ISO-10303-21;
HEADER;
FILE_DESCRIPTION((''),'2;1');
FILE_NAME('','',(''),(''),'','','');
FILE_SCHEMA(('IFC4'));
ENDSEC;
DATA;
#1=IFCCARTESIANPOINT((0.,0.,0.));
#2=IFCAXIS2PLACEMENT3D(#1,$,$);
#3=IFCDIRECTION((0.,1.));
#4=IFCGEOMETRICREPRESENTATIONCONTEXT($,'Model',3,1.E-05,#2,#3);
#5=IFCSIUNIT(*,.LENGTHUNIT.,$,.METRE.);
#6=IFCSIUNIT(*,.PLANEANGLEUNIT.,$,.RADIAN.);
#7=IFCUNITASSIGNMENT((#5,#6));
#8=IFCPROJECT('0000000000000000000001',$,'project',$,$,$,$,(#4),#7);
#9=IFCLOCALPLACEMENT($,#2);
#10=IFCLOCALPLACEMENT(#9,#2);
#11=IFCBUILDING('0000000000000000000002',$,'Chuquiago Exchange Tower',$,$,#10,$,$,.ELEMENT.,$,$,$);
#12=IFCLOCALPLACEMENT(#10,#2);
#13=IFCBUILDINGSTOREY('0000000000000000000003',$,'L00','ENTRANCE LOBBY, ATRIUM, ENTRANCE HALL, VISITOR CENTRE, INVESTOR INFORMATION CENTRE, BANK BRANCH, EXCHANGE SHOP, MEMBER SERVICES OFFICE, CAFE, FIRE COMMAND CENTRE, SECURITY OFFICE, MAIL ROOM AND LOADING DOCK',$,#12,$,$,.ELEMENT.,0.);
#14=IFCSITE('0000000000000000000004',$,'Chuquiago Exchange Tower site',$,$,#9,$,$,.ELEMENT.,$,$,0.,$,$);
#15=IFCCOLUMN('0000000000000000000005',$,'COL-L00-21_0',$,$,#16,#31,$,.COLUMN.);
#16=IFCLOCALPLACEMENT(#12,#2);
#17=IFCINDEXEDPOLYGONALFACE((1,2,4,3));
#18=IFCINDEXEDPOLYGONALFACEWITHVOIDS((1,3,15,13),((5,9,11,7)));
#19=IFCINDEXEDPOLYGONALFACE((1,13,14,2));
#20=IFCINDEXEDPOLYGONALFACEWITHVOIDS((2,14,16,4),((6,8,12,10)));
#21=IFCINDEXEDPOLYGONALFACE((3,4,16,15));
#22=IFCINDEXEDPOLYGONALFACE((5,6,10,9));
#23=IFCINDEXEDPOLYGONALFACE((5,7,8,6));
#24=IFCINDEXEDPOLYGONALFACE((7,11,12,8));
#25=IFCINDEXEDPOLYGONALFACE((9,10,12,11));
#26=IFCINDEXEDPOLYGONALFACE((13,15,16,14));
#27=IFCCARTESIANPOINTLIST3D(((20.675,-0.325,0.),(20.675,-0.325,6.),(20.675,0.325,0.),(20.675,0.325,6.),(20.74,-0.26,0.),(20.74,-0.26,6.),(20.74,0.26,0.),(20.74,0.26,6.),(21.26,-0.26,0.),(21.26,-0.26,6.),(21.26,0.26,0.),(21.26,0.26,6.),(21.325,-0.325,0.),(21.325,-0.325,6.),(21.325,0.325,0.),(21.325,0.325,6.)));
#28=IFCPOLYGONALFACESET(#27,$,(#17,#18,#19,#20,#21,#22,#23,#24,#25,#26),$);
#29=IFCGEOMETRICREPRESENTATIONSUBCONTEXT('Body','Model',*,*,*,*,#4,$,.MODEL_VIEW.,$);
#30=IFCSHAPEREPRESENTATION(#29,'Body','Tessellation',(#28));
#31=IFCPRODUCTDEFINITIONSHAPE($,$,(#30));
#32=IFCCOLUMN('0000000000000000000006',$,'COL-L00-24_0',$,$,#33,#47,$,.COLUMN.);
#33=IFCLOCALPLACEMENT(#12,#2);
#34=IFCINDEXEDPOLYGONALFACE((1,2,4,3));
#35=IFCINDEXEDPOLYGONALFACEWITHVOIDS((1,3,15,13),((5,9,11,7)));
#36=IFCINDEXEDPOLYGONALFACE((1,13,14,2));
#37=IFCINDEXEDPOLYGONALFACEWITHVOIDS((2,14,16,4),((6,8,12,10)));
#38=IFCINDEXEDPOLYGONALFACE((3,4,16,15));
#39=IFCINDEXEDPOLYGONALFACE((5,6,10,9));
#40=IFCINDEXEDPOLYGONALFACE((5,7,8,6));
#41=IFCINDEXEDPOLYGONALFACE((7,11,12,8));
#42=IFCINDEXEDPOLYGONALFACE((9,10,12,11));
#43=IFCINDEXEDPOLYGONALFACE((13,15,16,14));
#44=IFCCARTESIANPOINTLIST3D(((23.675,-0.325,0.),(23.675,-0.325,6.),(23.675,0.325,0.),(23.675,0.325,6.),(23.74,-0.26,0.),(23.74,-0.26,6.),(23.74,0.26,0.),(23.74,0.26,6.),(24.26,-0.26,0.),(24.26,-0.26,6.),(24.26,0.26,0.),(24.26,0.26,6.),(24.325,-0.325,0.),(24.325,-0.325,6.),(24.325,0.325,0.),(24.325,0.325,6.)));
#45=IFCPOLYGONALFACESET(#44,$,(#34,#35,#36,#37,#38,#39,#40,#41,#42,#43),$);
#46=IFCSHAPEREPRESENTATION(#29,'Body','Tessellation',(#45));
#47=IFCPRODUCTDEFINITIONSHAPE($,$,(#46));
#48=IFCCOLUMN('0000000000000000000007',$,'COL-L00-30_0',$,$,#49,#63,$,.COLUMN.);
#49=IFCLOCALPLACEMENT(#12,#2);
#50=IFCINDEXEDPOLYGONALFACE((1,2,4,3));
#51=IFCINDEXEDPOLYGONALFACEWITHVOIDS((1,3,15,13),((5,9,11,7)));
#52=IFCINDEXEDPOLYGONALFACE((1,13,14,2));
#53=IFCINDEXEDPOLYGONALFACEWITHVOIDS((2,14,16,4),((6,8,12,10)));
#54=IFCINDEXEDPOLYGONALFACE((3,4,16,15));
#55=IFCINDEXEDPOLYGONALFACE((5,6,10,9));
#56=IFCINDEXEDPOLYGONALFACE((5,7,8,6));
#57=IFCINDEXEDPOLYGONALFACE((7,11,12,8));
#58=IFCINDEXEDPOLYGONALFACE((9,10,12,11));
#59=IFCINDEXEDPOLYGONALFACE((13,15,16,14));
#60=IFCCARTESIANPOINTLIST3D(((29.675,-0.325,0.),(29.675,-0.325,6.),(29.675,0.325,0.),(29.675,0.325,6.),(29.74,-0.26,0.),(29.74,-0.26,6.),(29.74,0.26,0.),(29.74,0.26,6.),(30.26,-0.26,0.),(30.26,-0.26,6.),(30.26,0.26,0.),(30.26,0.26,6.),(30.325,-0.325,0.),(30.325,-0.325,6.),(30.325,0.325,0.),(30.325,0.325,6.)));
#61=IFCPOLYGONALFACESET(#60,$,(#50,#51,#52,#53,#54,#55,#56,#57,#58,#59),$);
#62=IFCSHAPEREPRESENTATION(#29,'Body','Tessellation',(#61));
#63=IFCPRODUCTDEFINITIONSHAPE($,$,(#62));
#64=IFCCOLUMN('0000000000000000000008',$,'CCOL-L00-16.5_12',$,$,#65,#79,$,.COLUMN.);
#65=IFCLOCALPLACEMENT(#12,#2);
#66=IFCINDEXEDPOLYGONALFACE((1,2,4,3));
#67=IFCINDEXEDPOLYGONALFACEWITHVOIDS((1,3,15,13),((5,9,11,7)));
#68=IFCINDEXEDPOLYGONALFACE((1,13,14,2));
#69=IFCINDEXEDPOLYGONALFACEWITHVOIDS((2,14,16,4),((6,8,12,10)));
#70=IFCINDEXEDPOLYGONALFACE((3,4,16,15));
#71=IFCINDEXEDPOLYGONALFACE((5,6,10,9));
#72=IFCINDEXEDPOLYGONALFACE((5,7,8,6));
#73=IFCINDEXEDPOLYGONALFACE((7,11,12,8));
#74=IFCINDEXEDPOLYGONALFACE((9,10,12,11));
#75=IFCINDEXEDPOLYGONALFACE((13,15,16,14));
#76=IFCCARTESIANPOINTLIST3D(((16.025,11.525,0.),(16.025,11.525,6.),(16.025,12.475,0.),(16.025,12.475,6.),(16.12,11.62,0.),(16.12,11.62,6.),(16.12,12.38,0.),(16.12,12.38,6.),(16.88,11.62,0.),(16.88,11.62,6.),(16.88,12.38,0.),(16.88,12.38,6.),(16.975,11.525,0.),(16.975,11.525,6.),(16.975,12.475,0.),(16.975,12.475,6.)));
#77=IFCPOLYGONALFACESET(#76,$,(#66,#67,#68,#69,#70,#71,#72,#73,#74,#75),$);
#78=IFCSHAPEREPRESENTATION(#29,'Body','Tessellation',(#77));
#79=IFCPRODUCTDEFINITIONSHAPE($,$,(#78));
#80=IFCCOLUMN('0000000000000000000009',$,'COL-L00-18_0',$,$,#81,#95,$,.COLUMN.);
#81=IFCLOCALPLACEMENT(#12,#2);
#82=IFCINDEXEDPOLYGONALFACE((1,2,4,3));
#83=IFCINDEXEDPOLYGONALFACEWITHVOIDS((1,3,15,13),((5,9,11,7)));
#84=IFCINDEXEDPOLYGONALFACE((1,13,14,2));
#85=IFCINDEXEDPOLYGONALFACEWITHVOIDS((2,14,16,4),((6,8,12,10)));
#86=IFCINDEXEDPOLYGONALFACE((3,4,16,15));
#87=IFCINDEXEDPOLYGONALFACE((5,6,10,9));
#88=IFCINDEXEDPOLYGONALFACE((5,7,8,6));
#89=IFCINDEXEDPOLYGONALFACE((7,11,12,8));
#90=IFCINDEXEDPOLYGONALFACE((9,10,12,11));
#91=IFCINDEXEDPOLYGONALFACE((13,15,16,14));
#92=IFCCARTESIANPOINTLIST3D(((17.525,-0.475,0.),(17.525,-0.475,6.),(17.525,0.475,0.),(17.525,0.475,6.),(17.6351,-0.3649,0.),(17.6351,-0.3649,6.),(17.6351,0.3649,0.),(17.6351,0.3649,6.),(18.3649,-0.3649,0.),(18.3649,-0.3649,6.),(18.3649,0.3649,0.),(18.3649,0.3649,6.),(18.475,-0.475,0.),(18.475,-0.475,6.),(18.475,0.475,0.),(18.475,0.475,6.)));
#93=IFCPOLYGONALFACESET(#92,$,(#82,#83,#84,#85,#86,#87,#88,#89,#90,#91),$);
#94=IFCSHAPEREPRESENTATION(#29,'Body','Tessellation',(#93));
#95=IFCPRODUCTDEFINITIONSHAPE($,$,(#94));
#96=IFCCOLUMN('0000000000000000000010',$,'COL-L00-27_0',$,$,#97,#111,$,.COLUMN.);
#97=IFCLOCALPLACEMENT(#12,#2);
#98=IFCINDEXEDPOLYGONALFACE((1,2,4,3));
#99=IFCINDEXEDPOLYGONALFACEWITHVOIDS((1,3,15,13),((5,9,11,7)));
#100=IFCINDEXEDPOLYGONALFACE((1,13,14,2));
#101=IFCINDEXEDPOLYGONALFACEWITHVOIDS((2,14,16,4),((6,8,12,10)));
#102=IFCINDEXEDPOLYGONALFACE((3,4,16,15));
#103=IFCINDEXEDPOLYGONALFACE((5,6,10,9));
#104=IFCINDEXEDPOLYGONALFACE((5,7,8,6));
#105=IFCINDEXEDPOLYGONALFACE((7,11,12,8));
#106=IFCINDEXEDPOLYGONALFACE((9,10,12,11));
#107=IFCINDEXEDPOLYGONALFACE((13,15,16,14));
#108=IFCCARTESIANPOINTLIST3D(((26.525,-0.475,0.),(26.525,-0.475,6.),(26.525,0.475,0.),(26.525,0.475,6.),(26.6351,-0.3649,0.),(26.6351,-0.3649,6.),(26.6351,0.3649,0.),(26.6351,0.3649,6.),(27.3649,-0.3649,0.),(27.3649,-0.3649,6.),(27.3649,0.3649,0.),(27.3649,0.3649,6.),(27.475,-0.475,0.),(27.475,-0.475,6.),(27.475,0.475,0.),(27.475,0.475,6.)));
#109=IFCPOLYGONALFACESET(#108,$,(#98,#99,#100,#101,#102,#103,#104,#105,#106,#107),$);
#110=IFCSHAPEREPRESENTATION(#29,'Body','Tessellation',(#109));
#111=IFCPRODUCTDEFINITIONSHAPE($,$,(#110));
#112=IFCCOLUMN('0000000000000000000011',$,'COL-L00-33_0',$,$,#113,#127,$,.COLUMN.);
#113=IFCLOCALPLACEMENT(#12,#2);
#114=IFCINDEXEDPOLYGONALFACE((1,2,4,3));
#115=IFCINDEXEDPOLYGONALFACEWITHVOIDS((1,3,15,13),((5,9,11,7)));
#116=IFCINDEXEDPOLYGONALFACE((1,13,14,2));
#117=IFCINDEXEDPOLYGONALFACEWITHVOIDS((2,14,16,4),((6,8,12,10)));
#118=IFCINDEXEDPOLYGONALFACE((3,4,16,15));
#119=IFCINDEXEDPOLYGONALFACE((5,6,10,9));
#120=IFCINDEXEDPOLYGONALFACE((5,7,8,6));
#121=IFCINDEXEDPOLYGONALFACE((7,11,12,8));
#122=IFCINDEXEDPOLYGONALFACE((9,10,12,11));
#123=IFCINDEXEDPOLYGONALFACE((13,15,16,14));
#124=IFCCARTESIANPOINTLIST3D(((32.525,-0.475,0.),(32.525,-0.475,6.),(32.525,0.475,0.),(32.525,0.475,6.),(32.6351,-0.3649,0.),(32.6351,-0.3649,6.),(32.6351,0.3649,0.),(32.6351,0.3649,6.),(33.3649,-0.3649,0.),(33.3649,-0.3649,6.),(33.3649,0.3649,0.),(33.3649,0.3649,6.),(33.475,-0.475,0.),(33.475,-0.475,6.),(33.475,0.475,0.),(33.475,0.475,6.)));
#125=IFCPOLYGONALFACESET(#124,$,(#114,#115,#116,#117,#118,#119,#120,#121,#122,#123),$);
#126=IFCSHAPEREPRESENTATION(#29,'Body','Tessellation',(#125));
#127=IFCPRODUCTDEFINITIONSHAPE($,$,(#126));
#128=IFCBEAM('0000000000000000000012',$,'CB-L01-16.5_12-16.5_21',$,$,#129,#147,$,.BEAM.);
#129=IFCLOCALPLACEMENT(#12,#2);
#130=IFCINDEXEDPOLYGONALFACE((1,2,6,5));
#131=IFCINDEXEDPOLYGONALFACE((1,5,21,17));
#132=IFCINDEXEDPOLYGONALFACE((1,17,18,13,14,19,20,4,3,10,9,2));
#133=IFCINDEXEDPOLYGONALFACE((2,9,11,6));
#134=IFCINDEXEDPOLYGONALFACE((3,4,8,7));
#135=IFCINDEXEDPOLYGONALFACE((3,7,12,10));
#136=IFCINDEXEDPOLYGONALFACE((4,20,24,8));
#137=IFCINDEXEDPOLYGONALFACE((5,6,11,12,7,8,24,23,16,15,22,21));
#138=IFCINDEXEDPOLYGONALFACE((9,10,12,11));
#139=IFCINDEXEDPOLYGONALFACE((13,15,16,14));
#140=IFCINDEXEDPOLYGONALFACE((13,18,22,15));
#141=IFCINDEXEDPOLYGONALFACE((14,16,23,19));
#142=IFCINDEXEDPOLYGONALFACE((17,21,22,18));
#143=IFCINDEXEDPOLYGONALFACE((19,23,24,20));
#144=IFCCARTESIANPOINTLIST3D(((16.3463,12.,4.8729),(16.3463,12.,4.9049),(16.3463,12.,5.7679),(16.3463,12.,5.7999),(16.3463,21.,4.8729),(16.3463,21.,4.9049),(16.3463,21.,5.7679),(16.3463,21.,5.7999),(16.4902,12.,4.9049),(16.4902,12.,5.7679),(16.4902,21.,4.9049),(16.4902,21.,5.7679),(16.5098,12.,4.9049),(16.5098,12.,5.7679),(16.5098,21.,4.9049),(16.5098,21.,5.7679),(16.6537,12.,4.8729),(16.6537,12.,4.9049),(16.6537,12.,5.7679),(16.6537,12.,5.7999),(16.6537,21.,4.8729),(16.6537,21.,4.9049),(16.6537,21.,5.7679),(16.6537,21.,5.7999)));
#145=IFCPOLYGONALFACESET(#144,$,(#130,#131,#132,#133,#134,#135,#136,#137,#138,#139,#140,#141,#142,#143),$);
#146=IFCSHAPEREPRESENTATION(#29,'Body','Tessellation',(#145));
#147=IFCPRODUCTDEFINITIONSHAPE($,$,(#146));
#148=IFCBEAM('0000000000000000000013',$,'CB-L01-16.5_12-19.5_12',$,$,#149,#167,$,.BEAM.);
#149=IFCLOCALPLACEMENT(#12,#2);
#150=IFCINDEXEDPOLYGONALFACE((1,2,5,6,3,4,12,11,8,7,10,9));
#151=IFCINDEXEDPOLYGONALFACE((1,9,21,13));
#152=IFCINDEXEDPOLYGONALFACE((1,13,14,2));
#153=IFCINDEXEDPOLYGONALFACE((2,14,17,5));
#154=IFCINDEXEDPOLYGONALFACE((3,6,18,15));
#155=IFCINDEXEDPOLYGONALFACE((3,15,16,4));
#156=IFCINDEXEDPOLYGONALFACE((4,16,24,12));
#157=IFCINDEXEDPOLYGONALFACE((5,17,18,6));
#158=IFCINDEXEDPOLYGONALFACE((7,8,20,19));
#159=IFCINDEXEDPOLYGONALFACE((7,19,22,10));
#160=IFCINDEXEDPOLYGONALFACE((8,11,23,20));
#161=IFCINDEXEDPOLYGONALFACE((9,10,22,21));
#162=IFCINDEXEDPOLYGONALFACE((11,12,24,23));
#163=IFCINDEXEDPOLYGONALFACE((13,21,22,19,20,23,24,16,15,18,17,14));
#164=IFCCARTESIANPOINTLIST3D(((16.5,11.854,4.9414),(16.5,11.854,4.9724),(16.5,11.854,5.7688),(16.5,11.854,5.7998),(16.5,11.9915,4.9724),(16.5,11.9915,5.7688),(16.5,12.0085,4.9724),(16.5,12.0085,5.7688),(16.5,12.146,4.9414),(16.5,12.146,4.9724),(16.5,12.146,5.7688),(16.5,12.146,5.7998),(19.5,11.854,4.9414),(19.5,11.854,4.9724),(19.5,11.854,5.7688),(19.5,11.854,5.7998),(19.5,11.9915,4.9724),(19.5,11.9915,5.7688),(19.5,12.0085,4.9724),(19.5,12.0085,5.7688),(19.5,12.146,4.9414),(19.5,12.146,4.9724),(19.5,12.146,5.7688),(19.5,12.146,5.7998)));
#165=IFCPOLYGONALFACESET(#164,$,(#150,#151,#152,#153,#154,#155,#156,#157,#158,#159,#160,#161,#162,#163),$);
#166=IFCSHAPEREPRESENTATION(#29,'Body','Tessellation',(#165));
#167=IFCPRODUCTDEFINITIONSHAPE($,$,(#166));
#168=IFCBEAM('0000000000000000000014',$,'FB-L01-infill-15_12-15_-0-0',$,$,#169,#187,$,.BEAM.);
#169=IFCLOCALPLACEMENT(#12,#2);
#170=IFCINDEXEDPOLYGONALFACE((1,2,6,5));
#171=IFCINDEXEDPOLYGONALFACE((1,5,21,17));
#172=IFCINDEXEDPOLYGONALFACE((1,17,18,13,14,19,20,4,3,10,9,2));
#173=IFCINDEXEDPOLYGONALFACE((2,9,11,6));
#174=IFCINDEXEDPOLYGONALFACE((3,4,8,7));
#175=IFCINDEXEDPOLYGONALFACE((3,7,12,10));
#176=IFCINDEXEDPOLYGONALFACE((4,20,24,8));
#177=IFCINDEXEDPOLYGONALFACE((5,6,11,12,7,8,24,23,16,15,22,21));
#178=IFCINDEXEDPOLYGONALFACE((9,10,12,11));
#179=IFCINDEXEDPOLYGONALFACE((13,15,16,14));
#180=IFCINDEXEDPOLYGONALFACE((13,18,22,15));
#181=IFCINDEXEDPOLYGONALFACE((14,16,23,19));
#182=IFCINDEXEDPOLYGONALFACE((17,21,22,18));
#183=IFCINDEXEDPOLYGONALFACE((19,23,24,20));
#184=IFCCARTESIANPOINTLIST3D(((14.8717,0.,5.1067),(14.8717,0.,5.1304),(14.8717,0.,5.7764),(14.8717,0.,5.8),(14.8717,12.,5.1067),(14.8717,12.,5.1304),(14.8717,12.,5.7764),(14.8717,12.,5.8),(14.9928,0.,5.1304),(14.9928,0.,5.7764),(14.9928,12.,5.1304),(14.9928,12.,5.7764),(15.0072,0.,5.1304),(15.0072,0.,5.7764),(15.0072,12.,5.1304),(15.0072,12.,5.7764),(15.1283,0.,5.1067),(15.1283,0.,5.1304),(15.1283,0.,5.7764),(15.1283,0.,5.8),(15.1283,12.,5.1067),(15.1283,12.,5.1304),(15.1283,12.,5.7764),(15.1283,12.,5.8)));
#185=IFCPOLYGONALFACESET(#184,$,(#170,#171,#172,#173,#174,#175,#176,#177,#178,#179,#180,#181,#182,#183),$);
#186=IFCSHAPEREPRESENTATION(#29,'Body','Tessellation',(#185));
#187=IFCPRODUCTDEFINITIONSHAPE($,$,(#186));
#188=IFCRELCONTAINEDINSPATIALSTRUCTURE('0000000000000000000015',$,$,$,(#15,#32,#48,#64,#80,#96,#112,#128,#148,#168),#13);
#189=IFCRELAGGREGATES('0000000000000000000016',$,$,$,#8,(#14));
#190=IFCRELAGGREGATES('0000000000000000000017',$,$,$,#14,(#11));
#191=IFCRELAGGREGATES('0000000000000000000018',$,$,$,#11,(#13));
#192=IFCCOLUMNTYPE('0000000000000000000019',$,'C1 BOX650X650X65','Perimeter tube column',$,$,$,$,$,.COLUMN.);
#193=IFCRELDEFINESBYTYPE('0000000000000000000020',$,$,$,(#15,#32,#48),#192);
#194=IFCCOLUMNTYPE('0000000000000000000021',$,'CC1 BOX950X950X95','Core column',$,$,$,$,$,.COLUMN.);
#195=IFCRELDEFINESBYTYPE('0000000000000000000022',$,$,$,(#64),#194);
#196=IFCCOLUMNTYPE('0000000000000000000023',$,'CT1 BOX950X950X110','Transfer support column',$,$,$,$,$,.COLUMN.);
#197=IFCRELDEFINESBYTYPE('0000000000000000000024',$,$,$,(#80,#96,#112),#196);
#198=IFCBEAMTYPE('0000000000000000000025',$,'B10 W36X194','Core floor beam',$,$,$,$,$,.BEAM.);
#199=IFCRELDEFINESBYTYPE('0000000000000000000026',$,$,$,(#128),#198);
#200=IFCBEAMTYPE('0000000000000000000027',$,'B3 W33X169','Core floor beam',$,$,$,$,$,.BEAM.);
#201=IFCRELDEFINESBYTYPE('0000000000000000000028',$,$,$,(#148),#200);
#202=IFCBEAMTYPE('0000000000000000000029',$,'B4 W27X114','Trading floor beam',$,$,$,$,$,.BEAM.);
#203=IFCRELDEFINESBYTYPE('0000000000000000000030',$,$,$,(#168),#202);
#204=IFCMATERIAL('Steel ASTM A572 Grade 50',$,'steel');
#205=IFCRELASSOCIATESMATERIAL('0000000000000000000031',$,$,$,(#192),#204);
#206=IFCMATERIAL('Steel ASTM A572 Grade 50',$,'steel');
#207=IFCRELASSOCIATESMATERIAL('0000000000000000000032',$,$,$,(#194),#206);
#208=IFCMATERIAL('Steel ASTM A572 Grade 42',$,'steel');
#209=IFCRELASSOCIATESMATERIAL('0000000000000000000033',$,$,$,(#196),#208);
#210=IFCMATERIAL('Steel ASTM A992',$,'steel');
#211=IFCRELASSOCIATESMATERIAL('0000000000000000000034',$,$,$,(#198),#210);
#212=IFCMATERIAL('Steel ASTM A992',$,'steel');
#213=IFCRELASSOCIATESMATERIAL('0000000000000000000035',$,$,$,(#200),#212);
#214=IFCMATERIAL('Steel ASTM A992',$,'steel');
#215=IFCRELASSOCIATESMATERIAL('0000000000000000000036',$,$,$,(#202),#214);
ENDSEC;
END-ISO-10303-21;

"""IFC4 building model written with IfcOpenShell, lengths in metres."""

from ifc_helpers import new_model, si_unit, direction, frame, origin, origin_2d, place, context, subcontext, project, spatial, hollow_rectangle, i_section, extrude, material, material_profile, profile_set, type_object, element, save


model = new_model("IFC4")

# Units and contexts
model_context = context("Model", 3, precision=1e-05, world=origin(), true_north=direction((0.0, 1.0)))
body_context = subcontext(model_context, "Body", "Model", "MODEL_VIEW")
ifc_project = project(units=[si_unit("LENGTHUNIT", "METRE"), si_unit("PLANEANGLEUNIT", "RADIAN")], contexts=[model_context])

# Site, building, storey
site_placement = place(None, origin())
site = spatial("IfcSite", under=ifc_project, at=site_placement, Name="Chuquiago Exchange Tower site", CompositionType="ELEMENT", RefElevation=0.0)
building_placement = place(site_placement, origin())
building = spatial("IfcBuilding", under=site, at=building_placement, Name="Chuquiago Exchange Tower", CompositionType="ELEMENT")
storey_placement = place(building_placement, origin())
storey = spatial("IfcBuildingStorey", under=building, at=storey_placement, Name="L00", Description="ENTRANCE LOBBY, ATRIUM, ENTRANCE HALL, VISITOR CENTRE, INVESTOR INFORMATION CENTRE, BANK BRANCH, EXCHANGE SHOP, MEMBER SERVICES OFFICE, CAFE, FIRE COMMAND CENTRE, SECURITY OFFICE, MAIL ROOM AND LOADING DOCK", CompositionType="ELEMENT", Elevation=0.0)

# Columns
ifc_material_1 = material(Name="Steel ASTM A572 Grade 50", Category="steel")
ifc_material_profile_1 = material_profile(ifc_material_1, hollow_rectangle(XDim=0.6499, YDim=0.6499, WallThickness=0.0649, at=origin_2d()), Name="BOX650X650X65")
ifc_profile_set_1 = profile_set([ifc_material_profile_1], Name="Steel ASTM A572 Grade 50")
column_type_1 = type_object("IfcColumnType", Name="C1 BOX650X650X65", Description="Perimeter tube column", PredefinedType="COLUMN", material=ifc_profile_set_1)
for number, where, z_axis, x_axis, name in (
    (1, (21.0, 0.0, 0.0), (0.0, 0.0, 1.0), (0.0, -1.0, 0.0), "COL-L00-21_0"),
    (2, (24.0, 0.0, 0.0), (0.0, 0.0, 1.0), (0.0, -1.0, 0.0), "COL-L00-24_0"),
    (3, (30.0, 0.0, 0.0), (0.0, 0.0, 1.0), (0.0, -1.0, 0.0), "COL-L00-30_0"),
):
    element("IfcColumn", number, at=place(storey_placement, frame(where, z_axis=z_axis, x_axis=x_axis)), inside=storey, type_object=column_type_1, Name=name, PredefinedType="COLUMN", context=body_context, shape_type="SweptSolid", body=[
        extrude(hollow_rectangle(XDim=0.6499, YDim=0.6499, WallThickness=0.0649, at=origin_2d()), origin(), (0.0, 0.0, 1.0), 6.0),
    ])
ifc_material_2 = material(Name="Steel ASTM A572 Grade 50", Category="steel")
ifc_material_profile_2 = material_profile(ifc_material_2, hollow_rectangle(XDim=0.95, YDim=0.95, WallThickness=0.095, at=origin_2d()), Name="BOX950X950X95")
ifc_profile_set_2 = profile_set([ifc_material_profile_2], Name="Steel ASTM A572 Grade 50")
column_type_2 = type_object("IfcColumnType", Name="CC1 BOX950X950X95", Description="Core column", PredefinedType="COLUMN", material=ifc_profile_set_2)
column_placement = place(storey_placement, frame((16.5, 12.0, 0.0), z_axis=(0.0, 0.0, 1.0), x_axis=(1.0, 0.0, 0.0)))
element("IfcColumn", 4, at=column_placement, inside=storey, type_object=column_type_2, Name="CCOL-L00-16.5_12", PredefinedType="COLUMN", context=body_context, shape_type="SweptSolid", body=[
    extrude(hollow_rectangle(XDim=0.95, YDim=0.95, WallThickness=0.095, at=origin_2d()), origin(), (0.0, 0.0, 1.0), 6.0),
])
ifc_material_3 = material(Name="Steel ASTM A572 Grade 42", Category="steel")
ifc_material_profile_3 = material_profile(ifc_material_3, hollow_rectangle(XDim=0.95, YDim=0.95, WallThickness=0.1101, at=origin_2d()), Name="BOX950X950X110")
ifc_profile_set_3 = profile_set([ifc_material_profile_3], Name="Steel ASTM A572 Grade 42")
column_type_3 = type_object("IfcColumnType", Name="CT1 BOX950X950X110", Description="Transfer support column", PredefinedType="COLUMN", material=ifc_profile_set_3)
for number, where, z_axis, x_axis, name in (
    (5, (18.0, 0.0, 0.0), (0.0, 0.0, 1.0), (0.0, -1.0, 0.0), "COL-L00-18_0"),
    (6, (27.0, 0.0, 0.0), (0.0, 0.0, 1.0), (0.0, -1.0, 0.0), "COL-L00-27_0"),
    (7, (33.0, 0.0, 0.0), (0.0, 0.0, 1.0), (0.0, -1.0, 0.0), "COL-L00-33_0"),
):
    element("IfcColumn", number, at=place(storey_placement, frame(where, z_axis=z_axis, x_axis=x_axis)), inside=storey, type_object=column_type_3, Name=name, PredefinedType="COLUMN", context=body_context, shape_type="SweptSolid", body=[
        extrude(hollow_rectangle(XDim=0.95, YDim=0.95, WallThickness=0.1101, at=origin_2d()), origin(), (0.0, 0.0, 1.0), 6.0),
    ])

# Beams
ifc_material_4 = material(Name="Steel ASTM A992", Category="steel")
ifc_material_profile_4 = material_profile(ifc_material_4, i_section(OverallWidth=0.3074, OverallDepth=0.927, WebThickness=0.0195, FlangeThickness=0.032, at=origin_2d()), Name="W36X194")
ifc_profile_set_4 = profile_set([ifc_material_profile_4], Name="Steel ASTM A992")
beam_type_1 = type_object("IfcBeamType", Name="B10 W36X194", Description="Core floor beam", PredefinedType="BEAM", material=ifc_profile_set_4)
beam_1_placement = place(storey_placement, frame((16.5, 12.0, 5.3364), z_axis=(0.0, 1.0, 0.0), x_axis=(-1.0, 0.0, 0.0)))
element("IfcBeam", 8, at=beam_1_placement, inside=storey, type_object=beam_type_1, Name="CB-L01-16.5_12-16.5_21", PredefinedType="BEAM", context=body_context, shape_type="SweptSolid", body=[
    extrude(i_section(OverallWidth=0.3074, OverallDepth=0.927, WebThickness=0.0195, FlangeThickness=0.032, at=origin_2d()), origin(), (0.0, 0.0, 1.0), 9.0),
])
ifc_material_5 = material(Name="Steel ASTM A992", Category="steel")
ifc_material_profile_5 = material_profile(ifc_material_5, i_section(OverallWidth=0.292, OverallDepth=0.8584, WebThickness=0.0171, FlangeThickness=0.031, at=origin_2d()), Name="W33X169")
ifc_profile_set_5 = profile_set([ifc_material_profile_5], Name="Steel ASTM A992")
beam_type_2 = type_object("IfcBeamType", Name="B3 W33X169", Description="Core floor beam", PredefinedType="BEAM", material=ifc_profile_set_5)
beam_2_placement = place(storey_placement, frame((16.5, 12.0, 5.3706), z_axis=(1.0, 0.0, 0.0), x_axis=(0.0, 1.0, 0.0)))
element("IfcBeam", 9, at=beam_2_placement, inside=storey, type_object=beam_type_2, Name="CB-L01-16.5_12-19.5_12", PredefinedType="BEAM", context=body_context, shape_type="SweptSolid", body=[
    extrude(i_section(OverallWidth=0.292, OverallDepth=0.8584, WebThickness=0.0171, FlangeThickness=0.031, at=origin_2d()), origin(), (0.0, 0.0, 1.0), 3.0),
])
ifc_material_6 = material(Name="Steel ASTM A992", Category="steel")
ifc_material_profile_6 = material_profile(ifc_material_6, i_section(OverallWidth=0.2566, OverallDepth=0.6934, WebThickness=0.0144, FlangeThickness=0.0237, at=origin_2d()), Name="W27X114")
ifc_profile_set_6 = profile_set([ifc_material_profile_6], Name="Steel ASTM A992")
beam_type_3 = type_object("IfcBeamType", Name="B4 W27X114", Description="Trading floor beam", PredefinedType="BEAM", material=ifc_profile_set_6)
beam_3_placement = place(storey_placement, frame((15.0, 12.0, 5.4534), z_axis=(0.0, -1.0, 0.0), x_axis=(1.0, 0.0, 0.0)))
element("IfcBeam", 10, at=beam_3_placement, inside=storey, type_object=beam_type_3, Name="FB-L01-infill-15_12-15_-0-0", PredefinedType="BEAM", context=body_context, shape_type="SweptSolid", body=[
    extrude(i_section(OverallWidth=0.2566, OverallDepth=0.6934, WebThickness=0.0144, FlangeThickness=0.0237, at=origin_2d()), origin(), (0.0, 0.0, 1.0), 12.0),
])

save(model, "model.ifc")
